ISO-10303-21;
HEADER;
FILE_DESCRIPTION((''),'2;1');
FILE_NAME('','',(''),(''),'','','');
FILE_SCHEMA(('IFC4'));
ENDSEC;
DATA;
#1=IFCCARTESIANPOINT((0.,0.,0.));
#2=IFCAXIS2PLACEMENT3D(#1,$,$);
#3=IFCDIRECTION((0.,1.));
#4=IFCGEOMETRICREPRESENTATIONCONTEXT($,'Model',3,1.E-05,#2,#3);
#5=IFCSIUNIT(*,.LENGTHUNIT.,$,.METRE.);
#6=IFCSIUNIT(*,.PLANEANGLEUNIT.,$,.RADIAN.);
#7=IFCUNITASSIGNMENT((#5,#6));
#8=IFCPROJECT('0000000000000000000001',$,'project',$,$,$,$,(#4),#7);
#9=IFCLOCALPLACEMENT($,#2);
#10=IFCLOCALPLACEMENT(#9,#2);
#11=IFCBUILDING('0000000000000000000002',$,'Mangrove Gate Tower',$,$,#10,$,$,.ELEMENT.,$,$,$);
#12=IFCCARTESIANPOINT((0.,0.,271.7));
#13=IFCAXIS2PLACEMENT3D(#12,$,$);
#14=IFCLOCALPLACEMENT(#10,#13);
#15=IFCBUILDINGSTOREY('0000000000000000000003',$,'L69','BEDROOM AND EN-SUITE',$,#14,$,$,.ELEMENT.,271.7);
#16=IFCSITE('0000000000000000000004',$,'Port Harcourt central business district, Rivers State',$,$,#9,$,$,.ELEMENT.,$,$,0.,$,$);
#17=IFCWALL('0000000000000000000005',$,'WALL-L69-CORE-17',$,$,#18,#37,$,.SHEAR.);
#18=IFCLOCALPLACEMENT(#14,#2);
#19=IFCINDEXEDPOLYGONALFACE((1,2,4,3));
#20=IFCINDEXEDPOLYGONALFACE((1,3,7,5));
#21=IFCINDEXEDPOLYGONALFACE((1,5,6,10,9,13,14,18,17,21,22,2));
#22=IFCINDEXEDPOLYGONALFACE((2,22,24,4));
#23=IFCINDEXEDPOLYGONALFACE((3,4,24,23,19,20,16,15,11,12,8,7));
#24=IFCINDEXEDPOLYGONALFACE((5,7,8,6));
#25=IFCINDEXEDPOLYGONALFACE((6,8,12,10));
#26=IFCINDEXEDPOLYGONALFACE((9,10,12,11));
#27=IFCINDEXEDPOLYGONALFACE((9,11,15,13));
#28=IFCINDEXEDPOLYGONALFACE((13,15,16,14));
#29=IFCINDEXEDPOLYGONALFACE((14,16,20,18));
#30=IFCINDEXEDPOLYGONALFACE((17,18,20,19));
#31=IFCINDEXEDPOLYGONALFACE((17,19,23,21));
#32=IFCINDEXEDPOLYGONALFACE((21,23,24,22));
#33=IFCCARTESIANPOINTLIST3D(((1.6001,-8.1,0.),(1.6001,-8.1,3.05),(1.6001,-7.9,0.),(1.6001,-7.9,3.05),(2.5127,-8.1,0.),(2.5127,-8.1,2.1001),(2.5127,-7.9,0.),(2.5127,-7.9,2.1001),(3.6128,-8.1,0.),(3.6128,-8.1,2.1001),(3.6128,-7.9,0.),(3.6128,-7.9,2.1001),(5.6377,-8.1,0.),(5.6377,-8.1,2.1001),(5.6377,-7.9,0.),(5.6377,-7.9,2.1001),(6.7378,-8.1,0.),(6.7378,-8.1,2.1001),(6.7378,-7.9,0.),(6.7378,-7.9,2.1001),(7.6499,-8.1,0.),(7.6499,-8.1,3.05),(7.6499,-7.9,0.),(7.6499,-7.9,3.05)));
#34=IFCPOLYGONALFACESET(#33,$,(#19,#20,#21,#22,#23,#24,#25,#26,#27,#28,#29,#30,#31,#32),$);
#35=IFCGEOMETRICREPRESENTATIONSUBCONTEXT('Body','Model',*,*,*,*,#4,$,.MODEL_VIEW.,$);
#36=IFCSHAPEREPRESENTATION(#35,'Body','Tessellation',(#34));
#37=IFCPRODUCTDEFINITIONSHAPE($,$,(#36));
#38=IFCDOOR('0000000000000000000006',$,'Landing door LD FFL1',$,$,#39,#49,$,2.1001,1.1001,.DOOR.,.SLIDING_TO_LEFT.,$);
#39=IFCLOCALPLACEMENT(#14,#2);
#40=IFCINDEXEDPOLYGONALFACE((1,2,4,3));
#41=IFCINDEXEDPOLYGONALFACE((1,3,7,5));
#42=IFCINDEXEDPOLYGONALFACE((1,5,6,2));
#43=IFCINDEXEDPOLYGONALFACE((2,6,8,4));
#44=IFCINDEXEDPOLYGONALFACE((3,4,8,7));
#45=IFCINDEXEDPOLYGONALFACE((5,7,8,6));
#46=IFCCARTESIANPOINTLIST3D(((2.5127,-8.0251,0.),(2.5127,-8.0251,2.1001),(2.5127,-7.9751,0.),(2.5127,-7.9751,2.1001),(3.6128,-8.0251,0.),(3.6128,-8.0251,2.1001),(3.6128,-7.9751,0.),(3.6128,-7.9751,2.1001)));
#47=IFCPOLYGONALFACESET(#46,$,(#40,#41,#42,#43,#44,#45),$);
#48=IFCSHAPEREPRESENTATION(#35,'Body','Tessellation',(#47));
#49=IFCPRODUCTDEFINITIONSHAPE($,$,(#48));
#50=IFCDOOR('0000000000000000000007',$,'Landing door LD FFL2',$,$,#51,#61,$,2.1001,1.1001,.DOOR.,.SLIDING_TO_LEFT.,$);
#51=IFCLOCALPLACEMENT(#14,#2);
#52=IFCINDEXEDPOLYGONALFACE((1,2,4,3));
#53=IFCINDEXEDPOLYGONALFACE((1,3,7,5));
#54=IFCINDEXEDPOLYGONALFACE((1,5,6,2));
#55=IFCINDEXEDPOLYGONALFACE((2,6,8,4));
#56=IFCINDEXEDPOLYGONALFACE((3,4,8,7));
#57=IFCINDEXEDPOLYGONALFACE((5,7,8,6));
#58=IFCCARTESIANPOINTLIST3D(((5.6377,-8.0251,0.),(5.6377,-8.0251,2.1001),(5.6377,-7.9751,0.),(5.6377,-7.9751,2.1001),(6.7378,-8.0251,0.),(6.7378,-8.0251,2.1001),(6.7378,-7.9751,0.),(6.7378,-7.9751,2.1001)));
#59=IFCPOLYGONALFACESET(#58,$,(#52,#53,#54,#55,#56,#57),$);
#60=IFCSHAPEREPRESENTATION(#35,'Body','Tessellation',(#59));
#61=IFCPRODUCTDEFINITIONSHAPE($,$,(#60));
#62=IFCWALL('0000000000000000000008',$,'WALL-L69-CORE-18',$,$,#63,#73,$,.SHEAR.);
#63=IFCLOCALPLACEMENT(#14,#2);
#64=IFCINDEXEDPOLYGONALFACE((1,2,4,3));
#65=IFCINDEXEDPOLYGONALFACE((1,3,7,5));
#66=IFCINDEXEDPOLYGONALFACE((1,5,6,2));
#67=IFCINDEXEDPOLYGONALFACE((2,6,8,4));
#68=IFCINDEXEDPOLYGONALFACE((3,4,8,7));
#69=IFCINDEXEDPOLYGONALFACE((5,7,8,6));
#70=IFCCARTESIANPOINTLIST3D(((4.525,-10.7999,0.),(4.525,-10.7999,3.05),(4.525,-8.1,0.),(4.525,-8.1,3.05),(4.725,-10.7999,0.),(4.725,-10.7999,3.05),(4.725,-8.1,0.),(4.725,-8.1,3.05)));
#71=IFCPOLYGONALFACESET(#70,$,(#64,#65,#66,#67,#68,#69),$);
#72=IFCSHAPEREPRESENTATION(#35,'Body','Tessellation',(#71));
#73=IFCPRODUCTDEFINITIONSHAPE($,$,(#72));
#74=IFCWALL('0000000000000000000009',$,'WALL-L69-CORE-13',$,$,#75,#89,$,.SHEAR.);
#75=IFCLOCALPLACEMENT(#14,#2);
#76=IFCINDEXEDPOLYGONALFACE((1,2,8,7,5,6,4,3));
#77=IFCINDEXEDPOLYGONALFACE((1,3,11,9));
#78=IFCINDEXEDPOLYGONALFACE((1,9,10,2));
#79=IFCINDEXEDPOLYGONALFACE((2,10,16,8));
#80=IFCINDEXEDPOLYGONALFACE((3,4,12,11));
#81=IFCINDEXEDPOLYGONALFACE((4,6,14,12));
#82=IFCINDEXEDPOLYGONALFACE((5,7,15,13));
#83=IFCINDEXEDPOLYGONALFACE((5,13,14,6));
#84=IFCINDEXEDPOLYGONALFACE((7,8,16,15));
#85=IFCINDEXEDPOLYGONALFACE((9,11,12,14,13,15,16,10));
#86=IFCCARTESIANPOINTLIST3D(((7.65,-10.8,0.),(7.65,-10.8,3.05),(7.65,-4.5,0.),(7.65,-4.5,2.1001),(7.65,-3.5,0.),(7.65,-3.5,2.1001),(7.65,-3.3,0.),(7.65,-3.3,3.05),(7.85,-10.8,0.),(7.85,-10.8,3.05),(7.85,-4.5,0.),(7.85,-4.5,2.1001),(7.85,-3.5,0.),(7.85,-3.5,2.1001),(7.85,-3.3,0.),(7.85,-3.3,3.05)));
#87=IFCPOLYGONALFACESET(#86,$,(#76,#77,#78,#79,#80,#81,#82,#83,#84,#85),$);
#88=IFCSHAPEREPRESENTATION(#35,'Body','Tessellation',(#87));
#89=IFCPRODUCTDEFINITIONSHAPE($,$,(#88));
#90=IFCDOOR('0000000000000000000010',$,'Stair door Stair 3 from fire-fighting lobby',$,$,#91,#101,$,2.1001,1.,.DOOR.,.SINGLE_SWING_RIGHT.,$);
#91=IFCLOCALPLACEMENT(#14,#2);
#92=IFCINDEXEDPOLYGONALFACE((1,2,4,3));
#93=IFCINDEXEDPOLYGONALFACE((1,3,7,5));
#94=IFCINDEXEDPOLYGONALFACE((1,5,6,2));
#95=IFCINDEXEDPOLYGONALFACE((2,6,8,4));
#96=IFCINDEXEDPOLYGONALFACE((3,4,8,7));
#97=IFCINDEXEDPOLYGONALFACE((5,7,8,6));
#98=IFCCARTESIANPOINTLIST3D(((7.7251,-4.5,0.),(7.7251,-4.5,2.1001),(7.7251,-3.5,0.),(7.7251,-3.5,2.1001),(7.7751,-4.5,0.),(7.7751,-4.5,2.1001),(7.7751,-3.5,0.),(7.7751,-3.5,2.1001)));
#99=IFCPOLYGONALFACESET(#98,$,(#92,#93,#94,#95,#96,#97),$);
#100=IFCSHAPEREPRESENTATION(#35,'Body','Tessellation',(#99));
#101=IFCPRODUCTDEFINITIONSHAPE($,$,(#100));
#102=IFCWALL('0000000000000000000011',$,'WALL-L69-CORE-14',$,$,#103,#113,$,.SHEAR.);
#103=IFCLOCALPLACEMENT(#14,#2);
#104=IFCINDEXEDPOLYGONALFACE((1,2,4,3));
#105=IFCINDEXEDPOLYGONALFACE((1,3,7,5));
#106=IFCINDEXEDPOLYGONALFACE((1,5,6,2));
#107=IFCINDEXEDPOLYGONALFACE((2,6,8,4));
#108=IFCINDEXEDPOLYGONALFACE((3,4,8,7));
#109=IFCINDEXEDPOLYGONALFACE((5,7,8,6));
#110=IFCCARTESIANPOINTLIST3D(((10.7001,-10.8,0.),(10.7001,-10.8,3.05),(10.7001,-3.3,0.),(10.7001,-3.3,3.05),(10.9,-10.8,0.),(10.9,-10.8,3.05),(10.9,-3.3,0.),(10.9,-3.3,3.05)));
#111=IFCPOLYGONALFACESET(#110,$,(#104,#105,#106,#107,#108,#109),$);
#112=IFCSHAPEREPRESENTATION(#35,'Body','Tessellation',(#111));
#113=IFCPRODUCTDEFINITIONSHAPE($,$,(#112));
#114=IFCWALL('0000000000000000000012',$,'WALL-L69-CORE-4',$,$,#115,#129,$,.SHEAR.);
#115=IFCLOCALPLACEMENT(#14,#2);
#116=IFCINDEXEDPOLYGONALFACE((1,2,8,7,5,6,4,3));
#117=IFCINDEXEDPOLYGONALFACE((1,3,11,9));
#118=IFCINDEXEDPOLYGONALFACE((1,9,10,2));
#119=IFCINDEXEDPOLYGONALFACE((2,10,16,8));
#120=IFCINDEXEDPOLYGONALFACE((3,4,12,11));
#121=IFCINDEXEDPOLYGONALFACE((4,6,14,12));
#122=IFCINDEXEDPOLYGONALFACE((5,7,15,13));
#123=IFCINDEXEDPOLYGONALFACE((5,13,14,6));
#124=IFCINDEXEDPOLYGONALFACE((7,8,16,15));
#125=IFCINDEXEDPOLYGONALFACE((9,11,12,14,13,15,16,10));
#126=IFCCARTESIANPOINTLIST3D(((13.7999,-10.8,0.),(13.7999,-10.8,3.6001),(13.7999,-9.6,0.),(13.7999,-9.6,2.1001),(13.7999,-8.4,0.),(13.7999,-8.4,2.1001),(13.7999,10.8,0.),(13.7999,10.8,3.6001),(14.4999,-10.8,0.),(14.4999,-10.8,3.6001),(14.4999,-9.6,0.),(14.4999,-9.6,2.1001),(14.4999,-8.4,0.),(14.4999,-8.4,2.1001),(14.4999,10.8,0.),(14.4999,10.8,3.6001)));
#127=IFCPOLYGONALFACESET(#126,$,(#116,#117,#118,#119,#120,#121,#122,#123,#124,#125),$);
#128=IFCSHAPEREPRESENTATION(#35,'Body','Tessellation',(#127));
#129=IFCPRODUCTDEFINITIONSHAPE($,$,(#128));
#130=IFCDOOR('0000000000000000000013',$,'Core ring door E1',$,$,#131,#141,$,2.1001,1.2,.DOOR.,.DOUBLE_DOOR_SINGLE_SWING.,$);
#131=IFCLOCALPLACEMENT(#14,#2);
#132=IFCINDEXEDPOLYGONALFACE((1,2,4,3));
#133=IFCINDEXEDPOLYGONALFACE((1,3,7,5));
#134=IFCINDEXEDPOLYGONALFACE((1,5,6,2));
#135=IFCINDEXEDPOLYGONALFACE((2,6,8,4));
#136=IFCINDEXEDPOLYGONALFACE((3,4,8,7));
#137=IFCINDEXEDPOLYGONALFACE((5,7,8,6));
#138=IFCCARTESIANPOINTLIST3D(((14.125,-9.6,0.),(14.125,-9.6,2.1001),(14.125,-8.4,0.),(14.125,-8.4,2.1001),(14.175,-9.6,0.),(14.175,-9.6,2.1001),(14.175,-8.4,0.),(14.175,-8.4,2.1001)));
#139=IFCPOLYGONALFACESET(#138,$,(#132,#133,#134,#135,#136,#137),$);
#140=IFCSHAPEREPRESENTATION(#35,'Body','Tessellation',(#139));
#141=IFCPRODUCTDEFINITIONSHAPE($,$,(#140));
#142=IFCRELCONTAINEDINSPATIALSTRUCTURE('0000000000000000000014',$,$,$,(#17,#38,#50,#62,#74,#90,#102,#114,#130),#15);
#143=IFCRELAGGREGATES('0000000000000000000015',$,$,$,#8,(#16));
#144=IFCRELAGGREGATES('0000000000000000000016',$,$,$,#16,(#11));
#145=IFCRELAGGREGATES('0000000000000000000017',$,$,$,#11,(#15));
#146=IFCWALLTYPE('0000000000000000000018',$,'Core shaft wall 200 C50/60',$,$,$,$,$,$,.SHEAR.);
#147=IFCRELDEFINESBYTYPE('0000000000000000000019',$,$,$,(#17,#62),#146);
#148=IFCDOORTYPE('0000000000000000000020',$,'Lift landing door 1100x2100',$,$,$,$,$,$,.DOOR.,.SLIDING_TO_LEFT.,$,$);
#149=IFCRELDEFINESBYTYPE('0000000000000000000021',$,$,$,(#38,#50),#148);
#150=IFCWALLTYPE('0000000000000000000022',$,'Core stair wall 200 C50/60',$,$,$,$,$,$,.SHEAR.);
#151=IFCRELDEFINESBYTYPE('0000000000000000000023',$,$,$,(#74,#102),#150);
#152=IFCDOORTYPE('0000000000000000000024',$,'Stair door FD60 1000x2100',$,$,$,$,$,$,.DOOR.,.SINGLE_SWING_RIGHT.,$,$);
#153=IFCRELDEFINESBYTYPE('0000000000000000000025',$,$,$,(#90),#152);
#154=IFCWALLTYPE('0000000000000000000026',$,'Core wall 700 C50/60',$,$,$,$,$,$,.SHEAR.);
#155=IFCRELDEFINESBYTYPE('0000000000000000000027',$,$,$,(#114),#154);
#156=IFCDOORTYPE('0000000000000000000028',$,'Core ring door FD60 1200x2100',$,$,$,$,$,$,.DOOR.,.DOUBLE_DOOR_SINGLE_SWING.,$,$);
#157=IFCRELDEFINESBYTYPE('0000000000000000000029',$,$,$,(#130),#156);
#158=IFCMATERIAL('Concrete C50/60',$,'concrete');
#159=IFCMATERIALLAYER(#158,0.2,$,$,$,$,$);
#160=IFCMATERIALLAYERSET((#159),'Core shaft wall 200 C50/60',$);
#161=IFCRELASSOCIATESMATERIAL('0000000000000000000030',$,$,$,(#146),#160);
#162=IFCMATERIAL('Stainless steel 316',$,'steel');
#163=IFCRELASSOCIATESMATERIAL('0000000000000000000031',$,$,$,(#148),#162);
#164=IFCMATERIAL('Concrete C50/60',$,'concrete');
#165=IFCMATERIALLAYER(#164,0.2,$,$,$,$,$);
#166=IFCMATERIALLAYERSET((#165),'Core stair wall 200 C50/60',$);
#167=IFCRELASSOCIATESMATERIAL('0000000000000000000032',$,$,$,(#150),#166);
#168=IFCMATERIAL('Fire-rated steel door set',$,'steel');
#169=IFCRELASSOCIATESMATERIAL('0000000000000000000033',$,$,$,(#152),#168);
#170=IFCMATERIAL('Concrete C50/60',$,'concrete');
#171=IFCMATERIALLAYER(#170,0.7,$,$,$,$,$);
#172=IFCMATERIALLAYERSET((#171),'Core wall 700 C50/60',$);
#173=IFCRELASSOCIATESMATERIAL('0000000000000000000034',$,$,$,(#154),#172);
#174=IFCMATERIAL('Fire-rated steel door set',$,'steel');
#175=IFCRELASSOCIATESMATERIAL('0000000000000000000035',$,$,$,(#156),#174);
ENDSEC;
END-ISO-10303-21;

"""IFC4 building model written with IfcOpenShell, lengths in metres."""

from ifc_helpers import new_model, si_unit, direction, frame, frame_2d, origin, place, context, subcontext, project, spatial, rectangle, extrude, material, layer, layer_set, type_object, element, fill, save


model = new_model("IFC4")

# Units and contexts
model_context = context("Model", 3, precision=1e-05, world=origin(), true_north=direction((0.0, 1.0)))
body_context = subcontext(model_context, "Body", "Model", "MODEL_VIEW")
ifc_project = project(units=[si_unit("LENGTHUNIT", "METRE"), si_unit("PLANEANGLEUNIT", "RADIAN")], contexts=[model_context])

# Site, building, storey
site_placement = place(None, origin())
site = spatial("IfcSite", under=ifc_project, at=site_placement, Name="Port Harcourt central business district, Rivers State", CompositionType="ELEMENT", RefElevation=0.0)
building_placement = place(site_placement, origin())
building = spatial("IfcBuilding", under=site, at=building_placement, Name="Mangrove Gate Tower", CompositionType="ELEMENT")
storey_placement = place(building_placement, frame((0.0, 0.0, 271.7)))
storey = spatial("IfcBuildingStorey", under=building, at=storey_placement, Name="L69", Description="BEDROOM AND EN-SUITE", CompositionType="ELEMENT", Elevation=271.7)

# Wall, openings, doors
ifc_material_1 = material(Name="Concrete C50/60", Category="concrete")
ifc_layer_1 = layer(ifc_material_1, 0.2)
ifc_layer_set_1 = layer_set([ifc_layer_1], Name="Core shaft wall 200 C50/60")
wall_type_1 = type_object("IfcWallType", Name="Core shaft wall 200 C50/60", PredefinedType="SHEAR", material=ifc_layer_set_1)
wall_1_placement = place(storey_placement, frame((1.6001, -8.0, 0.0), z_axis=(0.0, 0.0, 1.0), x_axis=(1.0, 0.0, 0.0)))
wall_1 = element("IfcWall", 1, at=wall_1_placement, inside=storey, type_object=wall_type_1, Name="WALL-L69-CORE-17", PredefinedType="SHEAR", context=body_context, shape_type="SweptSolid", body=[
    extrude(rectangle(XDim=6.0498, YDim=0.2, at=frame_2d((3.0249, 0.0))), origin(), (0.0, 0.0, 1.0), 3.05),
])
opening_1_placement = place(wall_1_placement, frame((0.9126, 0.0, 0.0)))
opening_1 = element("IfcOpeningElement", 2, at=opening_1_placement, cuts=wall_1, PredefinedType="OPENING", context=body_context, shape_type="SweptSolid", body=[
    extrude(rectangle(XDim=1.1001, YDim=2.1001, at=frame_2d((0.55, 1.05))), frame((0.0, 0.1099, 0.0), z_axis=(0.0, -1.0, 0.0), x_axis=(1.0, 0.0, 0.0)), (0.0, 0.0, 1.0), 0.22),
])
opening_2_placement = place(wall_1_placement, frame((4.0376, 0.0, 0.0)))
opening_2 = element("IfcOpeningElement", 3, at=opening_2_placement, cuts=wall_1, PredefinedType="OPENING", context=body_context, shape_type="SweptSolid", body=[
    extrude(rectangle(XDim=1.1001, YDim=2.1001, at=frame_2d((0.55, 1.05))), frame((0.0, 0.1099, 0.0), z_axis=(0.0, -1.0, 0.0), x_axis=(1.0, 0.0, 0.0)), (0.0, 0.0, 1.0), 0.22),
])
ifc_material_2 = material(Name="Stainless steel 316", Category="steel")
door_type_1 = type_object("IfcDoorType", Name="Lift landing door 1100x2100", OperationType="SLIDING_TO_LEFT", PredefinedType="DOOR", material=ifc_material_2)
door_1_placement = place(opening_1_placement, origin())
door_1 = element("IfcDoor", 4, at=door_1_placement, inside=storey, type_object=door_type_1, Name="Landing door LD FFL1", OperationType="SLIDING_TO_LEFT", OverallHeight=2.1001, OverallWidth=1.1001, PredefinedType="DOOR", context=body_context, shape_type="SweptSolid", body=[
    extrude(rectangle(XDim=1.1001, YDim=2.1001, at=frame_2d((0.55, 1.05))), frame((0.0, 0.0249, 0.0), z_axis=(0.0, -1.0, 0.0), x_axis=(1.0, 0.0, 0.0)), (0.0, 0.0, 1.0), 0.05),
])
fill(opening_1, door_1)
door_2_placement = place(opening_2_placement, origin())
door_2 = element("IfcDoor", 5, at=door_2_placement, inside=storey, type_object=door_type_1, Name="Landing door LD FFL2", OperationType="SLIDING_TO_LEFT", OverallHeight=2.1001, OverallWidth=1.1001, PredefinedType="DOOR", context=body_context, shape_type="SweptSolid", body=[
    extrude(rectangle(XDim=1.1001, YDim=2.1001, at=frame_2d((0.55, 1.05))), frame((0.0, 0.0249, 0.0), z_axis=(0.0, -1.0, 0.0), x_axis=(1.0, 0.0, 0.0)), (0.0, 0.0, 1.0), 0.05),
])
fill(opening_2, door_2)

# Wall
wall_2_placement = place(storey_placement, frame((4.625, -10.8, 0.0), z_axis=(0.0, 0.0, 1.0), x_axis=(0.0, 1.0, 0.0)))
element("IfcWall", 6, at=wall_2_placement, inside=storey, type_object=wall_type_1, Name="WALL-L69-CORE-18", PredefinedType="SHEAR", context=body_context, shape_type="SweptSolid", body=[
    extrude(rectangle(XDim=2.7, YDim=0.2, at=frame_2d((1.3501, 0.0))), origin(), (0.0, 0.0, 1.0), 3.05),
])

# Wall, opening, door
ifc_material_3 = material(Name="Concrete C50/60", Category="concrete")
ifc_layer_2 = layer(ifc_material_3, 0.2)
ifc_layer_set_2 = layer_set([ifc_layer_2], Name="Core stair wall 200 C50/60")
wall_type_2 = type_object("IfcWallType", Name="Core stair wall 200 C50/60", PredefinedType="SHEAR", material=ifc_layer_set_2)
wall_3_placement = place(storey_placement, frame((7.75, -10.8, 0.0), z_axis=(0.0, 0.0, 1.0), x_axis=(0.0, 1.0, 0.0)))
wall_3 = element("IfcWall", 7, at=wall_3_placement, inside=storey, type_object=wall_type_2, Name="WALL-L69-CORE-13", PredefinedType="SHEAR", context=body_context, shape_type="SweptSolid", body=[
    extrude(rectangle(XDim=7.5, YDim=0.2, at=frame_2d((3.75, 0.0))), origin(), (0.0, 0.0, 1.0), 3.05),
])
opening_3_placement = place(wall_3_placement, frame((6.3, 0.0, 0.0)))
opening_3 = element("IfcOpeningElement", 8, at=opening_3_placement, cuts=wall_3, PredefinedType="OPENING", context=body_context, shape_type="SweptSolid", body=[
    extrude(rectangle(XDim=1.0, YDim=2.1001, at=frame_2d((0.5, 1.05))), frame((0.0, 0.1099, 0.0), z_axis=(0.0, -1.0, 0.0), x_axis=(1.0, 0.0, 0.0)), (0.0, 0.0, 1.0), 0.22),
])
ifc_material_4 = material(Name="Fire-rated steel door set", Category="steel")
door_type_2 = type_object("IfcDoorType", Name="Stair door FD60 1000x2100", OperationType="SINGLE_SWING_RIGHT", PredefinedType="DOOR", material=ifc_material_4)
door_3_placement = place(opening_3_placement, origin())
door_3 = element("IfcDoor", 9, at=door_3_placement, inside=storey, type_object=door_type_2, Name="Stair door Stair 3 from fire-fighting lobby", OperationType="SINGLE_SWING_RIGHT", OverallHeight=2.1001, OverallWidth=1.0, PredefinedType="DOOR", context=body_context, shape_type="SweptSolid", body=[
    extrude(rectangle(XDim=1.0, YDim=2.1001, at=frame_2d((0.5, 1.05))), frame((0.0, 0.0249, 0.0), z_axis=(0.0, -1.0, 0.0), x_axis=(1.0, 0.0, 0.0)), (0.0, 0.0, 1.0), 0.05),
])
fill(opening_3, door_3)

# Wall
wall_4_placement = place(storey_placement, frame((10.8, -10.8, 0.0), z_axis=(0.0, 0.0, 1.0), x_axis=(0.0, 1.0, 0.0)))
element("IfcWall", 10, at=wall_4_placement, inside=storey, type_object=wall_type_2, Name="WALL-L69-CORE-14", PredefinedType="SHEAR", context=body_context, shape_type="SweptSolid", body=[
    extrude(rectangle(XDim=7.5, YDim=0.2, at=frame_2d((3.75, 0.0))), origin(), (0.0, 0.0, 1.0), 3.05),
])

# Wall, opening, door
ifc_material_5 = material(Name="Concrete C50/60", Category="concrete")
ifc_layer_3 = layer(ifc_material_5, 0.7)
ifc_layer_set_3 = layer_set([ifc_layer_3], Name="Core wall 700 C50/60")
wall_type_3 = type_object("IfcWallType", Name="Core wall 700 C50/60", PredefinedType="SHEAR", material=ifc_layer_set_3)
wall_5_placement = place(storey_placement, frame((14.1499, -10.8, 0.0), z_axis=(0.0, 0.0, 1.0), x_axis=(0.0, 1.0, 0.0)))
wall_5 = element("IfcWall", 11, at=wall_5_placement, inside=storey, type_object=wall_type_3, Name="WALL-L69-CORE-4", PredefinedType="SHEAR", context=body_context, shape_type="SweptSolid", body=[
    extrude(rectangle(XDim=21.6001, YDim=0.7, at=frame_2d((10.8, 0.0))), origin(), (0.0, 0.0, 1.0), 3.6001),
])
opening_4_placement = place(wall_5_placement, frame((1.2, 0.0, 0.0)))
opening_4 = element("IfcOpeningElement", 12, at=opening_4_placement, cuts=wall_5, PredefinedType="OPENING", context=body_context, shape_type="SweptSolid", body=[
    extrude(rectangle(XDim=1.2, YDim=2.1001, at=frame_2d((0.6001, 1.05))), frame((0.0, 0.3599, 0.0), z_axis=(0.0, -1.0, 0.0), x_axis=(1.0, 0.0, 0.0)), (0.0, 0.0, 1.0), 0.72),
])
ifc_material_6 = material(Name="Fire-rated steel door set", Category="steel")
door_type_3 = type_object("IfcDoorType", Name="Core ring door FD60 1200x2100", OperationType="DOUBLE_DOOR_SINGLE_SWING", PredefinedType="DOOR", material=ifc_material_6)
door_4_placement = place(opening_4_placement, origin())
door_4 = element("IfcDoor", 13, at=door_4_placement, inside=storey, type_object=door_type_3, Name="Core ring door E1", OperationType="DOUBLE_DOOR_SINGLE_SWING", OverallHeight=2.1001, OverallWidth=1.2, PredefinedType="DOOR", context=body_context, shape_type="SweptSolid", body=[
    extrude(rectangle(XDim=1.2, YDim=2.1001, at=frame_2d((0.6001, 1.05))), frame((0.0, 0.0249, 0.0), z_axis=(0.0, -1.0, 0.0), x_axis=(1.0, 0.0, 0.0)), (0.0, 0.0, 1.0), 0.05),
])
fill(opening_4, door_4)

save(model, "model.ifc")
